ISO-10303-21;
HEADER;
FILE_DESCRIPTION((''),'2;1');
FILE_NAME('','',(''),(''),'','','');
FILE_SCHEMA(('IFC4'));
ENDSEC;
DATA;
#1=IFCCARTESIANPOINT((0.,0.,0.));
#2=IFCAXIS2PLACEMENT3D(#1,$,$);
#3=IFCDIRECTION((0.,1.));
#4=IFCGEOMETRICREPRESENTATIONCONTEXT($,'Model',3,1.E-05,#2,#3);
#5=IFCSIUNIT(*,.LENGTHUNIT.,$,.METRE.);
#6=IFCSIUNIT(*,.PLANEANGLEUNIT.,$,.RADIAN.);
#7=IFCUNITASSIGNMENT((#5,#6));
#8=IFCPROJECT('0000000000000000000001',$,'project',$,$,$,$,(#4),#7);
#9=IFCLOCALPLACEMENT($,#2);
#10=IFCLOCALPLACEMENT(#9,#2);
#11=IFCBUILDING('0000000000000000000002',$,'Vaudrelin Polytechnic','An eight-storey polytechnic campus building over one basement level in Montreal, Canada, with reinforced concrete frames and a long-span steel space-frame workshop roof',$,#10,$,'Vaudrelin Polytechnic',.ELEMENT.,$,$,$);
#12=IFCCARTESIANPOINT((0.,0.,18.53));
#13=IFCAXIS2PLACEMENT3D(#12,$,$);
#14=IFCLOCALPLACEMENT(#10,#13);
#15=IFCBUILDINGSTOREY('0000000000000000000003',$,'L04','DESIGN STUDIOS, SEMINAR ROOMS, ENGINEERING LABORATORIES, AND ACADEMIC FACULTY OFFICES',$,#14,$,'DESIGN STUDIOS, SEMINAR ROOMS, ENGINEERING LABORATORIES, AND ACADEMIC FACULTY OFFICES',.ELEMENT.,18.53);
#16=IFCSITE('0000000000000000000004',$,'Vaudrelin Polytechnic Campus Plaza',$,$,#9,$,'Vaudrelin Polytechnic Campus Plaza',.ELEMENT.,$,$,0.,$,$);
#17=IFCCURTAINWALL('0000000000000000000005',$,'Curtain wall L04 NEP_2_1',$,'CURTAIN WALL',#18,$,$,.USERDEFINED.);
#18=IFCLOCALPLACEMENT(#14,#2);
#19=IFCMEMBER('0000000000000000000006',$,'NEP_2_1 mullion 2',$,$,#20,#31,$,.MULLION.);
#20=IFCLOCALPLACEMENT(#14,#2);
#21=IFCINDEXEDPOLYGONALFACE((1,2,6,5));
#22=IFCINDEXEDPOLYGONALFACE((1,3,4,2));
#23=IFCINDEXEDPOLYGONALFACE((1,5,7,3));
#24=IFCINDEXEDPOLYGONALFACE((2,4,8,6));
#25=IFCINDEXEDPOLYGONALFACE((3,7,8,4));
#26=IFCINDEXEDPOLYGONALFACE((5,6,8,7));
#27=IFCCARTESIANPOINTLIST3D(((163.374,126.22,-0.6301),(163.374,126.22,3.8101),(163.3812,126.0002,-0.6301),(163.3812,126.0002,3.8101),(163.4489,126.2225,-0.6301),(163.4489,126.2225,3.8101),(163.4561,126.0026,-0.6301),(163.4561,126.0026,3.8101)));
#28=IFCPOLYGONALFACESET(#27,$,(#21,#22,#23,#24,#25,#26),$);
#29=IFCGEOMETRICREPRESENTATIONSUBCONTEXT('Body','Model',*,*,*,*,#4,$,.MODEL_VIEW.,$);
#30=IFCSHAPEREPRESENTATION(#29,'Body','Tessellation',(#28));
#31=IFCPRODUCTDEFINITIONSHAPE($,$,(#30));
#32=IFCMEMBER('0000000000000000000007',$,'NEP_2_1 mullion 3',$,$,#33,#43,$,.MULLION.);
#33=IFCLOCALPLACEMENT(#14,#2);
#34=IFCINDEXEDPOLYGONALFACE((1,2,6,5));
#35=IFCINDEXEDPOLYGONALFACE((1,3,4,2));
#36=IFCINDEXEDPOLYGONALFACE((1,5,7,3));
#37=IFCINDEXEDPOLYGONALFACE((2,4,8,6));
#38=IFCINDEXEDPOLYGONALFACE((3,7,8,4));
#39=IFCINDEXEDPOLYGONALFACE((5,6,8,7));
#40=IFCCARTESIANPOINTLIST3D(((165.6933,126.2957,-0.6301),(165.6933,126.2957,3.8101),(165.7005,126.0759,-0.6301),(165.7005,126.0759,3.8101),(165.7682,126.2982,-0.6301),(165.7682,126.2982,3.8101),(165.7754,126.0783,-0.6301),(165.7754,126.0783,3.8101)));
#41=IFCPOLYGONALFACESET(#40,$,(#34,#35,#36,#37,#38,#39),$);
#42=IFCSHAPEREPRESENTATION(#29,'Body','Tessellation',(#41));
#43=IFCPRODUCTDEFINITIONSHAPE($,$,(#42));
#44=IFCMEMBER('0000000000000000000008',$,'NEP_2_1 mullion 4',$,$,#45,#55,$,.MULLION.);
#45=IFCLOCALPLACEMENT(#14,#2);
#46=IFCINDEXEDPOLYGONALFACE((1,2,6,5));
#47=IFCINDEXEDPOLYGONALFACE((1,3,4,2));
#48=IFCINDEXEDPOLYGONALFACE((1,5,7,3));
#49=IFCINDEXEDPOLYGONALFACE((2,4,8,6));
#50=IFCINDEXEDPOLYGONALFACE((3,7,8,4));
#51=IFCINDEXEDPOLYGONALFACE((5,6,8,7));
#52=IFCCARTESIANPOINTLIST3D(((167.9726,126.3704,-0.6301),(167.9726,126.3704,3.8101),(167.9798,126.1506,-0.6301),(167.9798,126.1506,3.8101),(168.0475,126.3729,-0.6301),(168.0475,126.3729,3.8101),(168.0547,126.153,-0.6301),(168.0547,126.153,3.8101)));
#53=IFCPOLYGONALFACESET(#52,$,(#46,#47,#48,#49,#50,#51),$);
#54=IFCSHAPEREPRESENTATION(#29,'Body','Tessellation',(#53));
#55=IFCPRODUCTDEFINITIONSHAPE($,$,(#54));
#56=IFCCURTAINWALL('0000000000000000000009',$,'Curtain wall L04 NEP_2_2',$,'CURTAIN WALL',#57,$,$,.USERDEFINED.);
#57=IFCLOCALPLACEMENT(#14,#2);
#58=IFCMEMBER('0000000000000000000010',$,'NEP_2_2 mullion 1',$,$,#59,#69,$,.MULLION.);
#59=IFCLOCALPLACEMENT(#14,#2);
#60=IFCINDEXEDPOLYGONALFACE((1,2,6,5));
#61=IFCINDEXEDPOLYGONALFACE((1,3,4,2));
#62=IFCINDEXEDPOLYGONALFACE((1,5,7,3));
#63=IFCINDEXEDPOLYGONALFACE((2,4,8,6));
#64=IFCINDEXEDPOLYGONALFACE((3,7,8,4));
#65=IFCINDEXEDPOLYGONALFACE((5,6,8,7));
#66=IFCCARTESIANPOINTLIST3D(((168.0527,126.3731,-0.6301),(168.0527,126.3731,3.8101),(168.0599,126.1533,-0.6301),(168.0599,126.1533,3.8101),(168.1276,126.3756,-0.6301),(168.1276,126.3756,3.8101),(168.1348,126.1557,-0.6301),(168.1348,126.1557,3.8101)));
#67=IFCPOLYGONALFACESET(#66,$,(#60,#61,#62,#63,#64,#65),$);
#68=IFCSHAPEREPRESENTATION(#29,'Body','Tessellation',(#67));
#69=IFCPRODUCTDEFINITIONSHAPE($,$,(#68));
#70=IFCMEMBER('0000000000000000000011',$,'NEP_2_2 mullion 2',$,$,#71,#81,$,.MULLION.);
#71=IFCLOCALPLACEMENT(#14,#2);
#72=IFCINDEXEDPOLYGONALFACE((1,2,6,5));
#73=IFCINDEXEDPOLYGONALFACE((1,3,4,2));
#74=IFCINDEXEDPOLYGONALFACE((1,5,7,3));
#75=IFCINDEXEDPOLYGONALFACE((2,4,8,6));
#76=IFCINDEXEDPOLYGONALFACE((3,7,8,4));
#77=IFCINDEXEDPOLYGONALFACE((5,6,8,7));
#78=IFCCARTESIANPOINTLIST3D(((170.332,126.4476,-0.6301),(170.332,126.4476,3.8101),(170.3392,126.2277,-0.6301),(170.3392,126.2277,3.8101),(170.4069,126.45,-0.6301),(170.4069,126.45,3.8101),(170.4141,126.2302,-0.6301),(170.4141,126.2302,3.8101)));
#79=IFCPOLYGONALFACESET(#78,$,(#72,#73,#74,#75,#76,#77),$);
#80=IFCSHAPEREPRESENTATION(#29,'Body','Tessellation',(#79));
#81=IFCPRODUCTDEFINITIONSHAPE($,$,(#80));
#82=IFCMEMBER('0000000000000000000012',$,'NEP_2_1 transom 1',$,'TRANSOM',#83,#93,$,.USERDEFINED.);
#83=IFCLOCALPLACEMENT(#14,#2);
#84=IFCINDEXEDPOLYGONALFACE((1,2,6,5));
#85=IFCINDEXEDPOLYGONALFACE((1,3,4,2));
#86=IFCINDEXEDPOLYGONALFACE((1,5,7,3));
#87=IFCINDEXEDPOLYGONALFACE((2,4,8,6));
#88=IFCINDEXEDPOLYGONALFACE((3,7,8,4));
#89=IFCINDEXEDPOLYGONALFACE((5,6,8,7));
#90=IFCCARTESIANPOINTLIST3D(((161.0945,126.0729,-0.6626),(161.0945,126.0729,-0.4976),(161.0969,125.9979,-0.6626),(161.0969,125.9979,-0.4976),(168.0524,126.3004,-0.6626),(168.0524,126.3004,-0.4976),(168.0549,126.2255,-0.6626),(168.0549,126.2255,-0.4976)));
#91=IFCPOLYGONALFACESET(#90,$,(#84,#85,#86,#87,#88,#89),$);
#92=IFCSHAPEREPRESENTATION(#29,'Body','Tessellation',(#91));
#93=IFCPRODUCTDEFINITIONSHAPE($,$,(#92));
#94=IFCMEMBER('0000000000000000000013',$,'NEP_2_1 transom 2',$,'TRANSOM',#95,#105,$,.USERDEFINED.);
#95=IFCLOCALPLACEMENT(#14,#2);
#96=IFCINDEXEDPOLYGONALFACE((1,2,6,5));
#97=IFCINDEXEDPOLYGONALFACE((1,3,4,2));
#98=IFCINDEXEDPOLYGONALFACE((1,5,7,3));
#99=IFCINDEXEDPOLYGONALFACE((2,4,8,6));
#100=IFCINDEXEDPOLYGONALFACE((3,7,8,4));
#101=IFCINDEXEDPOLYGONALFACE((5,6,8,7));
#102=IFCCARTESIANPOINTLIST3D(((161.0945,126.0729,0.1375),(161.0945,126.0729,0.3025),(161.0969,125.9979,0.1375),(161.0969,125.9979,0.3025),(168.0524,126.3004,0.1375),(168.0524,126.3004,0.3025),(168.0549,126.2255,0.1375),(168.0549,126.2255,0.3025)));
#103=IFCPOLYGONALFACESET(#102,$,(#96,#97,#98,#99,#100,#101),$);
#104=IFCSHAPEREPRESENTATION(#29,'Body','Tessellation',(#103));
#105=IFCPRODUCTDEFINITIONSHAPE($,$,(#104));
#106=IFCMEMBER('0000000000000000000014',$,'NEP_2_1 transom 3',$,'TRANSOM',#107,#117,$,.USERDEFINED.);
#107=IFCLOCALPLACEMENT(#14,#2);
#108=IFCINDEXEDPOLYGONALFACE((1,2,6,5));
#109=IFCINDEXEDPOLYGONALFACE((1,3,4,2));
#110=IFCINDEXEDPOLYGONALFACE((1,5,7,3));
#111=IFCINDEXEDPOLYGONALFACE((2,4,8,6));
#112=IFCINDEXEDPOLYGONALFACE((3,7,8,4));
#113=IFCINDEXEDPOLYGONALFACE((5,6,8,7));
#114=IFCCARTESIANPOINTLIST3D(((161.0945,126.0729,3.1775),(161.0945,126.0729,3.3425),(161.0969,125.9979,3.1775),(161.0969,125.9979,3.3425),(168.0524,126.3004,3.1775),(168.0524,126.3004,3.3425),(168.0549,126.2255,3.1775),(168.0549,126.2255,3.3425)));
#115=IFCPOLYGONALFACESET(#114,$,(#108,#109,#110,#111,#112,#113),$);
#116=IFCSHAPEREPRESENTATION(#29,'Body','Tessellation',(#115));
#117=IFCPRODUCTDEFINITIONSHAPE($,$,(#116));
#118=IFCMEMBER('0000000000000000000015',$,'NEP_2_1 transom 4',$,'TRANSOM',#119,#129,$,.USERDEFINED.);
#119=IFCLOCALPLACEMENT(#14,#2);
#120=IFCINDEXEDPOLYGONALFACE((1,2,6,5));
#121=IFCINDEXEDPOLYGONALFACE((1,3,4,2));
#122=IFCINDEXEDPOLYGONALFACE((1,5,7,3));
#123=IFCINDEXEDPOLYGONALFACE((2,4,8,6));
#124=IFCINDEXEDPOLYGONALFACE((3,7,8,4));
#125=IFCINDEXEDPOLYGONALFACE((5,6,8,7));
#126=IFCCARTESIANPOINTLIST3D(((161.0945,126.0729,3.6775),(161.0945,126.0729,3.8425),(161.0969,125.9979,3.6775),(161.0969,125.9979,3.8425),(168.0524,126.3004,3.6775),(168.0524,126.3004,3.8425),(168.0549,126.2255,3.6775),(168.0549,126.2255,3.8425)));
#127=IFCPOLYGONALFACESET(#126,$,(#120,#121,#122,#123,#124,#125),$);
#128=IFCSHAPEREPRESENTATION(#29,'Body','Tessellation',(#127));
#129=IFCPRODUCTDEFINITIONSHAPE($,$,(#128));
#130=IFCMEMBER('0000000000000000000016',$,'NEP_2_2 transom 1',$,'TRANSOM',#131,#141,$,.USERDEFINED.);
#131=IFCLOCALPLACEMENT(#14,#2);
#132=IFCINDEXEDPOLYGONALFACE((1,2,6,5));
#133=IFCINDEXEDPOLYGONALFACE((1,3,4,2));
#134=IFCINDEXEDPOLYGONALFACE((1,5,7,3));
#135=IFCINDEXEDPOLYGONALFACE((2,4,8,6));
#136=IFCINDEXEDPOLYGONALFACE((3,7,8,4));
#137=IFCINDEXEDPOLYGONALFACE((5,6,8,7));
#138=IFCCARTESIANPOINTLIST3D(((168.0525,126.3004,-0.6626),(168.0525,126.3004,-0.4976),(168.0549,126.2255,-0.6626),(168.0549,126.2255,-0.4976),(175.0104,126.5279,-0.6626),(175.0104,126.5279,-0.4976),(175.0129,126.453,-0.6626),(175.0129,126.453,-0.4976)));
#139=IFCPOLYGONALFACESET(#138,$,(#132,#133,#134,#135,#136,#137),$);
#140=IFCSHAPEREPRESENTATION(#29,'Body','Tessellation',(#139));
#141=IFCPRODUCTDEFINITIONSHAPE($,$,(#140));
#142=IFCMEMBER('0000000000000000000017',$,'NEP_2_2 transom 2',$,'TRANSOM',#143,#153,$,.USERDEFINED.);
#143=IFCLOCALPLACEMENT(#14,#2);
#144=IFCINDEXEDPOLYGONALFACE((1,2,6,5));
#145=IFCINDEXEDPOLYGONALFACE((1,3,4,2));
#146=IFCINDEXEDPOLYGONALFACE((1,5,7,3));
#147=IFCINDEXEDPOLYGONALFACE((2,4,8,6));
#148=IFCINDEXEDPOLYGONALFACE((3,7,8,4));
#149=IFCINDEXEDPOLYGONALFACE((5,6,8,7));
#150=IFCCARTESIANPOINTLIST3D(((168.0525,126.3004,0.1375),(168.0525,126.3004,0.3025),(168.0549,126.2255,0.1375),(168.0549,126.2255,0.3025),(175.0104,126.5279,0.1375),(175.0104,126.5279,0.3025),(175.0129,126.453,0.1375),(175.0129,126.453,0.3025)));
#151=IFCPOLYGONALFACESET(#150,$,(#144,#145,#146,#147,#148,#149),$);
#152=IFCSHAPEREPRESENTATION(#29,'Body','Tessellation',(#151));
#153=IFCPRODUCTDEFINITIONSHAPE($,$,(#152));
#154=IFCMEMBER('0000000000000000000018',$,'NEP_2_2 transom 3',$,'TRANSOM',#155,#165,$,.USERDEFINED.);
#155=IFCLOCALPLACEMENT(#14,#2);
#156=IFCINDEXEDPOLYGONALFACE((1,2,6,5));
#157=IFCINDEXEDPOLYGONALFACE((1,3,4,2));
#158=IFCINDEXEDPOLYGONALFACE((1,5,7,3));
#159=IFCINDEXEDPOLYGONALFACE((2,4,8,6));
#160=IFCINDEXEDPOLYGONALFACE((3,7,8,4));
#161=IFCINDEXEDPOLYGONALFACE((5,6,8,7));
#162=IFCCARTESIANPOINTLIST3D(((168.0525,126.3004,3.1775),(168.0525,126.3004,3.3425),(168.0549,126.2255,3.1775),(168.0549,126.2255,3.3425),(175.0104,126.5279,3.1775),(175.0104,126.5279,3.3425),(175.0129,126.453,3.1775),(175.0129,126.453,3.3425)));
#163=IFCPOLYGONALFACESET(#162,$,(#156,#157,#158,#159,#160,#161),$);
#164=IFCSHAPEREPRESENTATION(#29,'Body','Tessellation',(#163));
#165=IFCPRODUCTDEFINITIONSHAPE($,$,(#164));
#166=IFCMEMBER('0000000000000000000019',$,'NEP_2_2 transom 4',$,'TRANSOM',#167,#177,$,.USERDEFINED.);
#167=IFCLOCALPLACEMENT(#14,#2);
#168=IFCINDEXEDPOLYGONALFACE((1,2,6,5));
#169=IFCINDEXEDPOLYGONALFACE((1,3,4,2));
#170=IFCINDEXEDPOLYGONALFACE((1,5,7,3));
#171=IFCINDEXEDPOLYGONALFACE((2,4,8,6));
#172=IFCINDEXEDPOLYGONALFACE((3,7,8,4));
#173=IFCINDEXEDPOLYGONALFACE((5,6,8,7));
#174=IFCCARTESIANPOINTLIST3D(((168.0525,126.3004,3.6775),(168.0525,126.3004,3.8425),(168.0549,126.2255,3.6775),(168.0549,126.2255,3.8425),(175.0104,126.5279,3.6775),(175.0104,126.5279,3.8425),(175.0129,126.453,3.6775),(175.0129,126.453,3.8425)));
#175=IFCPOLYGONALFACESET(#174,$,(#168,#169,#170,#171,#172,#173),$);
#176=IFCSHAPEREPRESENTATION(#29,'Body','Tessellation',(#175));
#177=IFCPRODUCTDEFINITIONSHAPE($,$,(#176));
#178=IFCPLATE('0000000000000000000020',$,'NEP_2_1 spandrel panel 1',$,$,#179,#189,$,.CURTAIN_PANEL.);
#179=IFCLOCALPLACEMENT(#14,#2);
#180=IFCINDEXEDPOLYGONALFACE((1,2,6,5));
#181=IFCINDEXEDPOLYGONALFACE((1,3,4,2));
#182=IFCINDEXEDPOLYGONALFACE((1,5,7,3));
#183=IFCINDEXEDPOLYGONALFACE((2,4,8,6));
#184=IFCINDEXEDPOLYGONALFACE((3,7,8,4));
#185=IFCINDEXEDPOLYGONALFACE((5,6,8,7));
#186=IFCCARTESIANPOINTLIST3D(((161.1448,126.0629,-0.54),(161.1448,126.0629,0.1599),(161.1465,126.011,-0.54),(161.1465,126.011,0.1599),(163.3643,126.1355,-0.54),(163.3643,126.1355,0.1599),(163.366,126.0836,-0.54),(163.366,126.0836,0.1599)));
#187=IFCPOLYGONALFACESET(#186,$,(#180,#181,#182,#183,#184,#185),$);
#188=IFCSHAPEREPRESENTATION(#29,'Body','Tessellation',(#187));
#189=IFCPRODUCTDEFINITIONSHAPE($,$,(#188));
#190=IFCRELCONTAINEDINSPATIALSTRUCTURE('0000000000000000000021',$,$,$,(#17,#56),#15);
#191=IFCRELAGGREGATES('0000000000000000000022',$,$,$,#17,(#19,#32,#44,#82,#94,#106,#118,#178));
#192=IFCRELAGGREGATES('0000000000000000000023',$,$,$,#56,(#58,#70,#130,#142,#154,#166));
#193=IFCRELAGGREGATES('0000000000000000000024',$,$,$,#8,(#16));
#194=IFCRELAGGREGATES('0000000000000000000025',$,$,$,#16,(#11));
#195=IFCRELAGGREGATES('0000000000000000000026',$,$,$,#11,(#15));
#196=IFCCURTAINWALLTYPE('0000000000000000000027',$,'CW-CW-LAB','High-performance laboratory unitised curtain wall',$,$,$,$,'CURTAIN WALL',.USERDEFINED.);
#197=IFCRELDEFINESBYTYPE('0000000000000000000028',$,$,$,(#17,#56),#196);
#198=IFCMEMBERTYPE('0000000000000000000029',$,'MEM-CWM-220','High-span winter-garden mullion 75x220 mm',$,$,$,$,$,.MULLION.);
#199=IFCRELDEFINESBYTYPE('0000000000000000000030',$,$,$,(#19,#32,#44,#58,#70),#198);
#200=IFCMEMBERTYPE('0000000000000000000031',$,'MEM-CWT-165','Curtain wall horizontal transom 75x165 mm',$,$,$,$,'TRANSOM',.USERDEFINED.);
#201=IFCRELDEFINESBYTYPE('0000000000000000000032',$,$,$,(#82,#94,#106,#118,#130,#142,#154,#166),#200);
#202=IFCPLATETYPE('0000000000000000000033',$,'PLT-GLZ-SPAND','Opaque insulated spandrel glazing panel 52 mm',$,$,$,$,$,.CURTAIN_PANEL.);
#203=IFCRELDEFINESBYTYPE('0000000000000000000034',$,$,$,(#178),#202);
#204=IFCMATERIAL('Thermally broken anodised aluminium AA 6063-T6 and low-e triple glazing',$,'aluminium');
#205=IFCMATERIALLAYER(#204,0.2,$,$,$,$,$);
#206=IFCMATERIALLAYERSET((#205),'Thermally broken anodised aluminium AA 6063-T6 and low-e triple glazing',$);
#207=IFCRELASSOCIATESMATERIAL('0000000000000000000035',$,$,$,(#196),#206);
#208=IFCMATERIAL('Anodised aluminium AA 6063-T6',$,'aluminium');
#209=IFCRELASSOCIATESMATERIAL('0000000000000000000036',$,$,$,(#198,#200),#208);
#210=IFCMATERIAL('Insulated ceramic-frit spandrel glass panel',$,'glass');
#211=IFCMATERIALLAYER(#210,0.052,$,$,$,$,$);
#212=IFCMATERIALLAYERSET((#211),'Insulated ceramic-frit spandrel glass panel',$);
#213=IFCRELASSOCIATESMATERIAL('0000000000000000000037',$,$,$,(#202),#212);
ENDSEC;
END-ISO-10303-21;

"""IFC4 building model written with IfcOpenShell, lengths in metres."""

from ifc_helpers import new_model, si_unit, direction, frame, origin, origin_2d, place, context, subcontext, project, spatial, rectangle, extrude, material, layer, layer_set, material_profile, profile_set, type_object, element, aggregate, save


model = new_model("IFC4")

# Units and contexts
model_context = context("Model", 3, precision=1e-05, world=origin(), true_north=direction((0.0, 1.0)))
body_context = subcontext(model_context, "Body", "Model", "MODEL_VIEW")
ifc_project = project(units=[si_unit("LENGTHUNIT", "METRE"), si_unit("PLANEANGLEUNIT", "RADIAN")], contexts=[model_context])

# Site, building, storey
site_placement = place(None, origin())
site = spatial("IfcSite", under=ifc_project, at=site_placement, Name="Vaudrelin Polytechnic Campus Plaza", LongName="Vaudrelin Polytechnic Campus Plaza", CompositionType="ELEMENT", RefElevation=0.0)
building_placement = place(site_placement, origin())
building = spatial("IfcBuilding", under=site, at=building_placement, Name="Vaudrelin Polytechnic", Description="An eight-storey polytechnic campus building over one basement level in Montreal, Canada, with reinforced concrete frames and a long-span steel space-frame workshop roof", LongName="Vaudrelin Polytechnic", CompositionType="ELEMENT")
storey_placement = place(building_placement, frame((0.0, 0.0, 18.53)))
storey = spatial("IfcBuildingStorey", under=building, at=storey_placement, Name="L04", Description="DESIGN STUDIOS, SEMINAR ROOMS, ENGINEERING LABORATORIES, AND ACADEMIC FACULTY OFFICES", LongName="DESIGN STUDIOS, SEMINAR ROOMS, ENGINEERING LABORATORIES, AND ACADEMIC FACULTY OFFICES", CompositionType="ELEMENT", Elevation=18.53)

# Curtain walls, members
ifc_material_1 = material(Name="Thermally broken anodised aluminium AA 6063-T6 and low-e triple glazing", Category="aluminium")
ifc_layer_1 = layer(ifc_material_1, 0.2)
ifc_layer_set_1 = layer_set([ifc_layer_1], Name="Thermally broken anodised aluminium AA 6063-T6 and low-e triple glazing")
curtain_wall_type = type_object("IfcCurtainWallType", Name="CW-CW-LAB", Description="High-performance laboratory unitised curtain wall", ElementType="CURTAIN WALL", PredefinedType="USERDEFINED", material=ifc_layer_set_1)
curtain_wall_1_placement = place(storey_placement, origin())
curtain_wall_1 = element("IfcCurtainWall", 1, at=curtain_wall_1_placement, inside=storey, type_object=curtain_wall_type, Name="Curtain wall L04 NEP_2_1", ObjectType="CURTAIN WALL", PredefinedType="USERDEFINED")
ifc_material_2 = material(Name="Anodised aluminium AA 6063-T6", Category="aluminium")
ifc_material_profile_1 = material_profile(ifc_material_2, rectangle(XDim=0.075, YDim=0.22, at=origin_2d()), Name="CWM-75x220")
ifc_profile_set_1 = profile_set([ifc_material_profile_1], Name="Anodised aluminium AA 6063-T6")
member_type_1 = type_object("IfcMemberType", Name="MEM-CWM-220", Description="High-span winter-garden mullion 75x220 mm", PredefinedType="MULLION", material=ifc_profile_set_1)
member_1_placement = place(storey_placement, frame((163.415, 126.1113, -0.6301), z_axis=(0.0, 0.0, 1.0), x_axis=(0.999465, 0.032693, 0.0)))
member_1 = element("IfcMember", 2, at=member_1_placement, type_object=member_type_1, Name="NEP_2_1 mullion 2", PredefinedType="MULLION", context=body_context, shape_type="SweptSolid", body=[
    extrude(rectangle(XDim=0.075, YDim=0.22, at=origin_2d()), origin(), (0.0, 0.0, 1.0), 4.4402),
])
member_2_placement = place(storey_placement, frame((165.7344, 126.187, -0.6301), z_axis=(0.0, 0.0, 1.0), x_axis=(0.999465, 0.032693, 0.0)))
member_2 = element("IfcMember", 3, at=member_2_placement, type_object=member_type_1, Name="NEP_2_1 mullion 3", PredefinedType="MULLION", context=body_context, shape_type="SweptSolid", body=[
    extrude(rectangle(XDim=0.075, YDim=0.22, at=origin_2d()), origin(), (0.0, 0.0, 1.0), 4.4402),
])
member_3_placement = place(storey_placement, frame((168.0137, 126.2617, -0.6301), z_axis=(0.0, 0.0, 1.0), x_axis=(0.999465, 0.032693, 0.0)))
member_3 = element("IfcMember", 4, at=member_3_placement, type_object=member_type_1, Name="NEP_2_1 mullion 4", PredefinedType="MULLION", context=body_context, shape_type="SweptSolid", body=[
    extrude(rectangle(XDim=0.075, YDim=0.22, at=origin_2d()), origin(), (0.0, 0.0, 1.0), 4.4402),
])
curtain_wall_2_placement = place(storey_placement, origin())
curtain_wall_2 = element("IfcCurtainWall", 5, at=curtain_wall_2_placement, inside=storey, type_object=curtain_wall_type, Name="Curtain wall L04 NEP_2_2", ObjectType="CURTAIN WALL", PredefinedType="USERDEFINED")
member_4_placement = place(storey_placement, frame((168.0938, 126.2644, -0.6301), z_axis=(0.0, 0.0, 1.0), x_axis=(0.999465, 0.032693, 0.0)))
member_4 = element("IfcMember", 6, at=member_4_placement, type_object=member_type_1, Name="NEP_2_2 mullion 1", PredefinedType="MULLION", context=body_context, shape_type="SweptSolid", body=[
    extrude(rectangle(XDim=0.075, YDim=0.22, at=origin_2d()), origin(), (0.0, 0.0, 1.0), 4.4402),
])
member_5_placement = place(storey_placement, frame((170.373, 126.3389, -0.6301), z_axis=(0.0, 0.0, 1.0), x_axis=(0.999465, 0.032693, 0.0)))
member_5 = element("IfcMember", 7, at=member_5_placement, type_object=member_type_1, Name="NEP_2_2 mullion 2", PredefinedType="MULLION", context=body_context, shape_type="SweptSolid", body=[
    extrude(rectangle(XDim=0.075, YDim=0.22, at=origin_2d()), origin(), (0.0, 0.0, 1.0), 4.4402),
])

# Members
ifc_material_profile_2 = material_profile(ifc_material_2, rectangle(XDim=0.075, YDim=0.165, at=origin_2d()), Name="CWT-75x165")
ifc_profile_set_2 = profile_set([ifc_material_profile_2], Name="Anodised aluminium AA 6063-T6")
member_type_2 = type_object("IfcMemberType", Name="MEM-CWT-165", Description="Curtain wall horizontal transom 75x165 mm", ElementType="TRANSOM", PredefinedType="USERDEFINED", material=ifc_profile_set_2)
member_6_placement = place(storey_placement, frame((161.0957, 126.0354, -0.5801), z_axis=(0.999466, 0.032684, 0.0), x_axis=(-0.032684, 0.999466, 0.0)))
member_6 = element("IfcMember", 8, at=member_6_placement, type_object=member_type_2, Name="NEP_2_1 transom 1", ObjectType="TRANSOM", PredefinedType="USERDEFINED", context=body_context, shape_type="SweptSolid", body=[
    extrude(rectangle(XDim=0.075, YDim=0.165, at=origin_2d()), origin(), (0.0, 0.0, 1.0), 6.9617),
])
member_7_placement = place(storey_placement, frame((161.0957, 126.0354, 0.22), z_axis=(0.999466, 0.032684, 0.0), x_axis=(-0.032684, 0.999466, 0.0)))
member_7 = element("IfcMember", 9, at=member_7_placement, type_object=member_type_2, Name="NEP_2_1 transom 2", ObjectType="TRANSOM", PredefinedType="USERDEFINED", context=body_context, shape_type="SweptSolid", body=[
    extrude(rectangle(XDim=0.075, YDim=0.165, at=origin_2d()), origin(), (0.0, 0.0, 1.0), 6.9617),
])
member_8_placement = place(storey_placement, frame((161.0957, 126.0354, 3.26), z_axis=(0.999466, 0.032684, 0.0), x_axis=(-0.032684, 0.999466, 0.0)))
member_8 = element("IfcMember", 10, at=member_8_placement, type_object=member_type_2, Name="NEP_2_1 transom 3", ObjectType="TRANSOM", PredefinedType="USERDEFINED", context=body_context, shape_type="SweptSolid", body=[
    extrude(rectangle(XDim=0.075, YDim=0.165, at=origin_2d()), origin(), (0.0, 0.0, 1.0), 6.9617),
])
member_9_placement = place(storey_placement, frame((161.0957, 126.0354, 3.76), z_axis=(0.999466, 0.032684, 0.0), x_axis=(-0.032684, 0.999466, 0.0)))
member_9 = element("IfcMember", 11, at=member_9_placement, type_object=member_type_2, Name="NEP_2_1 transom 4", ObjectType="TRANSOM", PredefinedType="USERDEFINED", context=body_context, shape_type="SweptSolid", body=[
    extrude(rectangle(XDim=0.075, YDim=0.165, at=origin_2d()), origin(), (0.0, 0.0, 1.0), 6.9617),
])
member_10_placement = place(storey_placement, frame((168.0537, 126.2629, -0.5801), z_axis=(0.999466, 0.032684, 0.0), x_axis=(-0.032684, 0.999466, 0.0)))
member_10 = element("IfcMember", 12, at=member_10_placement, type_object=member_type_2, Name="NEP_2_2 transom 1", ObjectType="TRANSOM", PredefinedType="USERDEFINED", context=body_context, shape_type="SweptSolid", body=[
    extrude(rectangle(XDim=0.075, YDim=0.165, at=origin_2d()), origin(), (0.0, 0.0, 1.0), 6.9617),
])
member_11_placement = place(storey_placement, frame((168.0537, 126.2629, 0.22), z_axis=(0.999466, 0.032684, 0.0), x_axis=(-0.032684, 0.999466, 0.0)))
member_11 = element("IfcMember", 13, at=member_11_placement, type_object=member_type_2, Name="NEP_2_2 transom 2", ObjectType="TRANSOM", PredefinedType="USERDEFINED", context=body_context, shape_type="SweptSolid", body=[
    extrude(rectangle(XDim=0.075, YDim=0.165, at=origin_2d()), origin(), (0.0, 0.0, 1.0), 6.9617),
])
member_12_placement = place(storey_placement, frame((168.0537, 126.2629, 3.26), z_axis=(0.999466, 0.032684, 0.0), x_axis=(-0.032684, 0.999466, 0.0)))
member_12 = element("IfcMember", 14, at=member_12_placement, type_object=member_type_2, Name="NEP_2_2 transom 3", ObjectType="TRANSOM", PredefinedType="USERDEFINED", context=body_context, shape_type="SweptSolid", body=[
    extrude(rectangle(XDim=0.075, YDim=0.165, at=origin_2d()), origin(), (0.0, 0.0, 1.0), 6.9617),
])
member_13_placement = place(storey_placement, frame((168.0537, 126.2629, 3.76), z_axis=(0.999466, 0.032684, 0.0), x_axis=(-0.032684, 0.999466, 0.0)))
member_13 = element("IfcMember", 15, at=member_13_placement, type_object=member_type_2, Name="NEP_2_2 transom 4", ObjectType="TRANSOM", PredefinedType="USERDEFINED", context=body_context, shape_type="SweptSolid", body=[
    extrude(rectangle(XDim=0.075, YDim=0.165, at=origin_2d()), origin(), (0.0, 0.0, 1.0), 6.9617),
])

# Plate
ifc_material_3 = material(Name="Insulated ceramic-frit spandrel glass panel", Category="glass")
ifc_layer_2 = layer(ifc_material_3, 0.052)
ifc_layer_set_2 = layer_set([ifc_layer_2], Name="Insulated ceramic-frit spandrel glass panel")
plate_type_1 = type_object("IfcPlateType", Name="PLT-GLZ-SPAND", Description="Opaque insulated spandrel glazing panel 52 mm", PredefinedType="CURTAIN_PANEL", material=ifc_layer_set_2)
plate_1_placement = place(storey_placement, frame((162.2554, 126.0732, -0.54), z_axis=(0.0, 0.0, 1.0), x_axis=(0.999465, 0.032693, 0.0)))
plate_1 = element("IfcPlate", 16, at=plate_1_placement, type_object=plate_type_1, Name="NEP_2_1 spandrel panel 1", PredefinedType="CURTAIN_PANEL", context=body_context, shape_type="SweptSolid", body=[
    extrude(rectangle(XDim=2.2207, YDim=0.052, at=origin_2d()), origin(), (0.0, 0.0, 1.0), 0.7),
])
aggregate(curtain_wall_1, [member_1, member_2, member_3, member_6, member_7, member_8, member_9, plate_1])
aggregate(curtain_wall_2, [member_4, member_5, member_10, member_11, member_12, member_13])

save(model, "model.ifc")
